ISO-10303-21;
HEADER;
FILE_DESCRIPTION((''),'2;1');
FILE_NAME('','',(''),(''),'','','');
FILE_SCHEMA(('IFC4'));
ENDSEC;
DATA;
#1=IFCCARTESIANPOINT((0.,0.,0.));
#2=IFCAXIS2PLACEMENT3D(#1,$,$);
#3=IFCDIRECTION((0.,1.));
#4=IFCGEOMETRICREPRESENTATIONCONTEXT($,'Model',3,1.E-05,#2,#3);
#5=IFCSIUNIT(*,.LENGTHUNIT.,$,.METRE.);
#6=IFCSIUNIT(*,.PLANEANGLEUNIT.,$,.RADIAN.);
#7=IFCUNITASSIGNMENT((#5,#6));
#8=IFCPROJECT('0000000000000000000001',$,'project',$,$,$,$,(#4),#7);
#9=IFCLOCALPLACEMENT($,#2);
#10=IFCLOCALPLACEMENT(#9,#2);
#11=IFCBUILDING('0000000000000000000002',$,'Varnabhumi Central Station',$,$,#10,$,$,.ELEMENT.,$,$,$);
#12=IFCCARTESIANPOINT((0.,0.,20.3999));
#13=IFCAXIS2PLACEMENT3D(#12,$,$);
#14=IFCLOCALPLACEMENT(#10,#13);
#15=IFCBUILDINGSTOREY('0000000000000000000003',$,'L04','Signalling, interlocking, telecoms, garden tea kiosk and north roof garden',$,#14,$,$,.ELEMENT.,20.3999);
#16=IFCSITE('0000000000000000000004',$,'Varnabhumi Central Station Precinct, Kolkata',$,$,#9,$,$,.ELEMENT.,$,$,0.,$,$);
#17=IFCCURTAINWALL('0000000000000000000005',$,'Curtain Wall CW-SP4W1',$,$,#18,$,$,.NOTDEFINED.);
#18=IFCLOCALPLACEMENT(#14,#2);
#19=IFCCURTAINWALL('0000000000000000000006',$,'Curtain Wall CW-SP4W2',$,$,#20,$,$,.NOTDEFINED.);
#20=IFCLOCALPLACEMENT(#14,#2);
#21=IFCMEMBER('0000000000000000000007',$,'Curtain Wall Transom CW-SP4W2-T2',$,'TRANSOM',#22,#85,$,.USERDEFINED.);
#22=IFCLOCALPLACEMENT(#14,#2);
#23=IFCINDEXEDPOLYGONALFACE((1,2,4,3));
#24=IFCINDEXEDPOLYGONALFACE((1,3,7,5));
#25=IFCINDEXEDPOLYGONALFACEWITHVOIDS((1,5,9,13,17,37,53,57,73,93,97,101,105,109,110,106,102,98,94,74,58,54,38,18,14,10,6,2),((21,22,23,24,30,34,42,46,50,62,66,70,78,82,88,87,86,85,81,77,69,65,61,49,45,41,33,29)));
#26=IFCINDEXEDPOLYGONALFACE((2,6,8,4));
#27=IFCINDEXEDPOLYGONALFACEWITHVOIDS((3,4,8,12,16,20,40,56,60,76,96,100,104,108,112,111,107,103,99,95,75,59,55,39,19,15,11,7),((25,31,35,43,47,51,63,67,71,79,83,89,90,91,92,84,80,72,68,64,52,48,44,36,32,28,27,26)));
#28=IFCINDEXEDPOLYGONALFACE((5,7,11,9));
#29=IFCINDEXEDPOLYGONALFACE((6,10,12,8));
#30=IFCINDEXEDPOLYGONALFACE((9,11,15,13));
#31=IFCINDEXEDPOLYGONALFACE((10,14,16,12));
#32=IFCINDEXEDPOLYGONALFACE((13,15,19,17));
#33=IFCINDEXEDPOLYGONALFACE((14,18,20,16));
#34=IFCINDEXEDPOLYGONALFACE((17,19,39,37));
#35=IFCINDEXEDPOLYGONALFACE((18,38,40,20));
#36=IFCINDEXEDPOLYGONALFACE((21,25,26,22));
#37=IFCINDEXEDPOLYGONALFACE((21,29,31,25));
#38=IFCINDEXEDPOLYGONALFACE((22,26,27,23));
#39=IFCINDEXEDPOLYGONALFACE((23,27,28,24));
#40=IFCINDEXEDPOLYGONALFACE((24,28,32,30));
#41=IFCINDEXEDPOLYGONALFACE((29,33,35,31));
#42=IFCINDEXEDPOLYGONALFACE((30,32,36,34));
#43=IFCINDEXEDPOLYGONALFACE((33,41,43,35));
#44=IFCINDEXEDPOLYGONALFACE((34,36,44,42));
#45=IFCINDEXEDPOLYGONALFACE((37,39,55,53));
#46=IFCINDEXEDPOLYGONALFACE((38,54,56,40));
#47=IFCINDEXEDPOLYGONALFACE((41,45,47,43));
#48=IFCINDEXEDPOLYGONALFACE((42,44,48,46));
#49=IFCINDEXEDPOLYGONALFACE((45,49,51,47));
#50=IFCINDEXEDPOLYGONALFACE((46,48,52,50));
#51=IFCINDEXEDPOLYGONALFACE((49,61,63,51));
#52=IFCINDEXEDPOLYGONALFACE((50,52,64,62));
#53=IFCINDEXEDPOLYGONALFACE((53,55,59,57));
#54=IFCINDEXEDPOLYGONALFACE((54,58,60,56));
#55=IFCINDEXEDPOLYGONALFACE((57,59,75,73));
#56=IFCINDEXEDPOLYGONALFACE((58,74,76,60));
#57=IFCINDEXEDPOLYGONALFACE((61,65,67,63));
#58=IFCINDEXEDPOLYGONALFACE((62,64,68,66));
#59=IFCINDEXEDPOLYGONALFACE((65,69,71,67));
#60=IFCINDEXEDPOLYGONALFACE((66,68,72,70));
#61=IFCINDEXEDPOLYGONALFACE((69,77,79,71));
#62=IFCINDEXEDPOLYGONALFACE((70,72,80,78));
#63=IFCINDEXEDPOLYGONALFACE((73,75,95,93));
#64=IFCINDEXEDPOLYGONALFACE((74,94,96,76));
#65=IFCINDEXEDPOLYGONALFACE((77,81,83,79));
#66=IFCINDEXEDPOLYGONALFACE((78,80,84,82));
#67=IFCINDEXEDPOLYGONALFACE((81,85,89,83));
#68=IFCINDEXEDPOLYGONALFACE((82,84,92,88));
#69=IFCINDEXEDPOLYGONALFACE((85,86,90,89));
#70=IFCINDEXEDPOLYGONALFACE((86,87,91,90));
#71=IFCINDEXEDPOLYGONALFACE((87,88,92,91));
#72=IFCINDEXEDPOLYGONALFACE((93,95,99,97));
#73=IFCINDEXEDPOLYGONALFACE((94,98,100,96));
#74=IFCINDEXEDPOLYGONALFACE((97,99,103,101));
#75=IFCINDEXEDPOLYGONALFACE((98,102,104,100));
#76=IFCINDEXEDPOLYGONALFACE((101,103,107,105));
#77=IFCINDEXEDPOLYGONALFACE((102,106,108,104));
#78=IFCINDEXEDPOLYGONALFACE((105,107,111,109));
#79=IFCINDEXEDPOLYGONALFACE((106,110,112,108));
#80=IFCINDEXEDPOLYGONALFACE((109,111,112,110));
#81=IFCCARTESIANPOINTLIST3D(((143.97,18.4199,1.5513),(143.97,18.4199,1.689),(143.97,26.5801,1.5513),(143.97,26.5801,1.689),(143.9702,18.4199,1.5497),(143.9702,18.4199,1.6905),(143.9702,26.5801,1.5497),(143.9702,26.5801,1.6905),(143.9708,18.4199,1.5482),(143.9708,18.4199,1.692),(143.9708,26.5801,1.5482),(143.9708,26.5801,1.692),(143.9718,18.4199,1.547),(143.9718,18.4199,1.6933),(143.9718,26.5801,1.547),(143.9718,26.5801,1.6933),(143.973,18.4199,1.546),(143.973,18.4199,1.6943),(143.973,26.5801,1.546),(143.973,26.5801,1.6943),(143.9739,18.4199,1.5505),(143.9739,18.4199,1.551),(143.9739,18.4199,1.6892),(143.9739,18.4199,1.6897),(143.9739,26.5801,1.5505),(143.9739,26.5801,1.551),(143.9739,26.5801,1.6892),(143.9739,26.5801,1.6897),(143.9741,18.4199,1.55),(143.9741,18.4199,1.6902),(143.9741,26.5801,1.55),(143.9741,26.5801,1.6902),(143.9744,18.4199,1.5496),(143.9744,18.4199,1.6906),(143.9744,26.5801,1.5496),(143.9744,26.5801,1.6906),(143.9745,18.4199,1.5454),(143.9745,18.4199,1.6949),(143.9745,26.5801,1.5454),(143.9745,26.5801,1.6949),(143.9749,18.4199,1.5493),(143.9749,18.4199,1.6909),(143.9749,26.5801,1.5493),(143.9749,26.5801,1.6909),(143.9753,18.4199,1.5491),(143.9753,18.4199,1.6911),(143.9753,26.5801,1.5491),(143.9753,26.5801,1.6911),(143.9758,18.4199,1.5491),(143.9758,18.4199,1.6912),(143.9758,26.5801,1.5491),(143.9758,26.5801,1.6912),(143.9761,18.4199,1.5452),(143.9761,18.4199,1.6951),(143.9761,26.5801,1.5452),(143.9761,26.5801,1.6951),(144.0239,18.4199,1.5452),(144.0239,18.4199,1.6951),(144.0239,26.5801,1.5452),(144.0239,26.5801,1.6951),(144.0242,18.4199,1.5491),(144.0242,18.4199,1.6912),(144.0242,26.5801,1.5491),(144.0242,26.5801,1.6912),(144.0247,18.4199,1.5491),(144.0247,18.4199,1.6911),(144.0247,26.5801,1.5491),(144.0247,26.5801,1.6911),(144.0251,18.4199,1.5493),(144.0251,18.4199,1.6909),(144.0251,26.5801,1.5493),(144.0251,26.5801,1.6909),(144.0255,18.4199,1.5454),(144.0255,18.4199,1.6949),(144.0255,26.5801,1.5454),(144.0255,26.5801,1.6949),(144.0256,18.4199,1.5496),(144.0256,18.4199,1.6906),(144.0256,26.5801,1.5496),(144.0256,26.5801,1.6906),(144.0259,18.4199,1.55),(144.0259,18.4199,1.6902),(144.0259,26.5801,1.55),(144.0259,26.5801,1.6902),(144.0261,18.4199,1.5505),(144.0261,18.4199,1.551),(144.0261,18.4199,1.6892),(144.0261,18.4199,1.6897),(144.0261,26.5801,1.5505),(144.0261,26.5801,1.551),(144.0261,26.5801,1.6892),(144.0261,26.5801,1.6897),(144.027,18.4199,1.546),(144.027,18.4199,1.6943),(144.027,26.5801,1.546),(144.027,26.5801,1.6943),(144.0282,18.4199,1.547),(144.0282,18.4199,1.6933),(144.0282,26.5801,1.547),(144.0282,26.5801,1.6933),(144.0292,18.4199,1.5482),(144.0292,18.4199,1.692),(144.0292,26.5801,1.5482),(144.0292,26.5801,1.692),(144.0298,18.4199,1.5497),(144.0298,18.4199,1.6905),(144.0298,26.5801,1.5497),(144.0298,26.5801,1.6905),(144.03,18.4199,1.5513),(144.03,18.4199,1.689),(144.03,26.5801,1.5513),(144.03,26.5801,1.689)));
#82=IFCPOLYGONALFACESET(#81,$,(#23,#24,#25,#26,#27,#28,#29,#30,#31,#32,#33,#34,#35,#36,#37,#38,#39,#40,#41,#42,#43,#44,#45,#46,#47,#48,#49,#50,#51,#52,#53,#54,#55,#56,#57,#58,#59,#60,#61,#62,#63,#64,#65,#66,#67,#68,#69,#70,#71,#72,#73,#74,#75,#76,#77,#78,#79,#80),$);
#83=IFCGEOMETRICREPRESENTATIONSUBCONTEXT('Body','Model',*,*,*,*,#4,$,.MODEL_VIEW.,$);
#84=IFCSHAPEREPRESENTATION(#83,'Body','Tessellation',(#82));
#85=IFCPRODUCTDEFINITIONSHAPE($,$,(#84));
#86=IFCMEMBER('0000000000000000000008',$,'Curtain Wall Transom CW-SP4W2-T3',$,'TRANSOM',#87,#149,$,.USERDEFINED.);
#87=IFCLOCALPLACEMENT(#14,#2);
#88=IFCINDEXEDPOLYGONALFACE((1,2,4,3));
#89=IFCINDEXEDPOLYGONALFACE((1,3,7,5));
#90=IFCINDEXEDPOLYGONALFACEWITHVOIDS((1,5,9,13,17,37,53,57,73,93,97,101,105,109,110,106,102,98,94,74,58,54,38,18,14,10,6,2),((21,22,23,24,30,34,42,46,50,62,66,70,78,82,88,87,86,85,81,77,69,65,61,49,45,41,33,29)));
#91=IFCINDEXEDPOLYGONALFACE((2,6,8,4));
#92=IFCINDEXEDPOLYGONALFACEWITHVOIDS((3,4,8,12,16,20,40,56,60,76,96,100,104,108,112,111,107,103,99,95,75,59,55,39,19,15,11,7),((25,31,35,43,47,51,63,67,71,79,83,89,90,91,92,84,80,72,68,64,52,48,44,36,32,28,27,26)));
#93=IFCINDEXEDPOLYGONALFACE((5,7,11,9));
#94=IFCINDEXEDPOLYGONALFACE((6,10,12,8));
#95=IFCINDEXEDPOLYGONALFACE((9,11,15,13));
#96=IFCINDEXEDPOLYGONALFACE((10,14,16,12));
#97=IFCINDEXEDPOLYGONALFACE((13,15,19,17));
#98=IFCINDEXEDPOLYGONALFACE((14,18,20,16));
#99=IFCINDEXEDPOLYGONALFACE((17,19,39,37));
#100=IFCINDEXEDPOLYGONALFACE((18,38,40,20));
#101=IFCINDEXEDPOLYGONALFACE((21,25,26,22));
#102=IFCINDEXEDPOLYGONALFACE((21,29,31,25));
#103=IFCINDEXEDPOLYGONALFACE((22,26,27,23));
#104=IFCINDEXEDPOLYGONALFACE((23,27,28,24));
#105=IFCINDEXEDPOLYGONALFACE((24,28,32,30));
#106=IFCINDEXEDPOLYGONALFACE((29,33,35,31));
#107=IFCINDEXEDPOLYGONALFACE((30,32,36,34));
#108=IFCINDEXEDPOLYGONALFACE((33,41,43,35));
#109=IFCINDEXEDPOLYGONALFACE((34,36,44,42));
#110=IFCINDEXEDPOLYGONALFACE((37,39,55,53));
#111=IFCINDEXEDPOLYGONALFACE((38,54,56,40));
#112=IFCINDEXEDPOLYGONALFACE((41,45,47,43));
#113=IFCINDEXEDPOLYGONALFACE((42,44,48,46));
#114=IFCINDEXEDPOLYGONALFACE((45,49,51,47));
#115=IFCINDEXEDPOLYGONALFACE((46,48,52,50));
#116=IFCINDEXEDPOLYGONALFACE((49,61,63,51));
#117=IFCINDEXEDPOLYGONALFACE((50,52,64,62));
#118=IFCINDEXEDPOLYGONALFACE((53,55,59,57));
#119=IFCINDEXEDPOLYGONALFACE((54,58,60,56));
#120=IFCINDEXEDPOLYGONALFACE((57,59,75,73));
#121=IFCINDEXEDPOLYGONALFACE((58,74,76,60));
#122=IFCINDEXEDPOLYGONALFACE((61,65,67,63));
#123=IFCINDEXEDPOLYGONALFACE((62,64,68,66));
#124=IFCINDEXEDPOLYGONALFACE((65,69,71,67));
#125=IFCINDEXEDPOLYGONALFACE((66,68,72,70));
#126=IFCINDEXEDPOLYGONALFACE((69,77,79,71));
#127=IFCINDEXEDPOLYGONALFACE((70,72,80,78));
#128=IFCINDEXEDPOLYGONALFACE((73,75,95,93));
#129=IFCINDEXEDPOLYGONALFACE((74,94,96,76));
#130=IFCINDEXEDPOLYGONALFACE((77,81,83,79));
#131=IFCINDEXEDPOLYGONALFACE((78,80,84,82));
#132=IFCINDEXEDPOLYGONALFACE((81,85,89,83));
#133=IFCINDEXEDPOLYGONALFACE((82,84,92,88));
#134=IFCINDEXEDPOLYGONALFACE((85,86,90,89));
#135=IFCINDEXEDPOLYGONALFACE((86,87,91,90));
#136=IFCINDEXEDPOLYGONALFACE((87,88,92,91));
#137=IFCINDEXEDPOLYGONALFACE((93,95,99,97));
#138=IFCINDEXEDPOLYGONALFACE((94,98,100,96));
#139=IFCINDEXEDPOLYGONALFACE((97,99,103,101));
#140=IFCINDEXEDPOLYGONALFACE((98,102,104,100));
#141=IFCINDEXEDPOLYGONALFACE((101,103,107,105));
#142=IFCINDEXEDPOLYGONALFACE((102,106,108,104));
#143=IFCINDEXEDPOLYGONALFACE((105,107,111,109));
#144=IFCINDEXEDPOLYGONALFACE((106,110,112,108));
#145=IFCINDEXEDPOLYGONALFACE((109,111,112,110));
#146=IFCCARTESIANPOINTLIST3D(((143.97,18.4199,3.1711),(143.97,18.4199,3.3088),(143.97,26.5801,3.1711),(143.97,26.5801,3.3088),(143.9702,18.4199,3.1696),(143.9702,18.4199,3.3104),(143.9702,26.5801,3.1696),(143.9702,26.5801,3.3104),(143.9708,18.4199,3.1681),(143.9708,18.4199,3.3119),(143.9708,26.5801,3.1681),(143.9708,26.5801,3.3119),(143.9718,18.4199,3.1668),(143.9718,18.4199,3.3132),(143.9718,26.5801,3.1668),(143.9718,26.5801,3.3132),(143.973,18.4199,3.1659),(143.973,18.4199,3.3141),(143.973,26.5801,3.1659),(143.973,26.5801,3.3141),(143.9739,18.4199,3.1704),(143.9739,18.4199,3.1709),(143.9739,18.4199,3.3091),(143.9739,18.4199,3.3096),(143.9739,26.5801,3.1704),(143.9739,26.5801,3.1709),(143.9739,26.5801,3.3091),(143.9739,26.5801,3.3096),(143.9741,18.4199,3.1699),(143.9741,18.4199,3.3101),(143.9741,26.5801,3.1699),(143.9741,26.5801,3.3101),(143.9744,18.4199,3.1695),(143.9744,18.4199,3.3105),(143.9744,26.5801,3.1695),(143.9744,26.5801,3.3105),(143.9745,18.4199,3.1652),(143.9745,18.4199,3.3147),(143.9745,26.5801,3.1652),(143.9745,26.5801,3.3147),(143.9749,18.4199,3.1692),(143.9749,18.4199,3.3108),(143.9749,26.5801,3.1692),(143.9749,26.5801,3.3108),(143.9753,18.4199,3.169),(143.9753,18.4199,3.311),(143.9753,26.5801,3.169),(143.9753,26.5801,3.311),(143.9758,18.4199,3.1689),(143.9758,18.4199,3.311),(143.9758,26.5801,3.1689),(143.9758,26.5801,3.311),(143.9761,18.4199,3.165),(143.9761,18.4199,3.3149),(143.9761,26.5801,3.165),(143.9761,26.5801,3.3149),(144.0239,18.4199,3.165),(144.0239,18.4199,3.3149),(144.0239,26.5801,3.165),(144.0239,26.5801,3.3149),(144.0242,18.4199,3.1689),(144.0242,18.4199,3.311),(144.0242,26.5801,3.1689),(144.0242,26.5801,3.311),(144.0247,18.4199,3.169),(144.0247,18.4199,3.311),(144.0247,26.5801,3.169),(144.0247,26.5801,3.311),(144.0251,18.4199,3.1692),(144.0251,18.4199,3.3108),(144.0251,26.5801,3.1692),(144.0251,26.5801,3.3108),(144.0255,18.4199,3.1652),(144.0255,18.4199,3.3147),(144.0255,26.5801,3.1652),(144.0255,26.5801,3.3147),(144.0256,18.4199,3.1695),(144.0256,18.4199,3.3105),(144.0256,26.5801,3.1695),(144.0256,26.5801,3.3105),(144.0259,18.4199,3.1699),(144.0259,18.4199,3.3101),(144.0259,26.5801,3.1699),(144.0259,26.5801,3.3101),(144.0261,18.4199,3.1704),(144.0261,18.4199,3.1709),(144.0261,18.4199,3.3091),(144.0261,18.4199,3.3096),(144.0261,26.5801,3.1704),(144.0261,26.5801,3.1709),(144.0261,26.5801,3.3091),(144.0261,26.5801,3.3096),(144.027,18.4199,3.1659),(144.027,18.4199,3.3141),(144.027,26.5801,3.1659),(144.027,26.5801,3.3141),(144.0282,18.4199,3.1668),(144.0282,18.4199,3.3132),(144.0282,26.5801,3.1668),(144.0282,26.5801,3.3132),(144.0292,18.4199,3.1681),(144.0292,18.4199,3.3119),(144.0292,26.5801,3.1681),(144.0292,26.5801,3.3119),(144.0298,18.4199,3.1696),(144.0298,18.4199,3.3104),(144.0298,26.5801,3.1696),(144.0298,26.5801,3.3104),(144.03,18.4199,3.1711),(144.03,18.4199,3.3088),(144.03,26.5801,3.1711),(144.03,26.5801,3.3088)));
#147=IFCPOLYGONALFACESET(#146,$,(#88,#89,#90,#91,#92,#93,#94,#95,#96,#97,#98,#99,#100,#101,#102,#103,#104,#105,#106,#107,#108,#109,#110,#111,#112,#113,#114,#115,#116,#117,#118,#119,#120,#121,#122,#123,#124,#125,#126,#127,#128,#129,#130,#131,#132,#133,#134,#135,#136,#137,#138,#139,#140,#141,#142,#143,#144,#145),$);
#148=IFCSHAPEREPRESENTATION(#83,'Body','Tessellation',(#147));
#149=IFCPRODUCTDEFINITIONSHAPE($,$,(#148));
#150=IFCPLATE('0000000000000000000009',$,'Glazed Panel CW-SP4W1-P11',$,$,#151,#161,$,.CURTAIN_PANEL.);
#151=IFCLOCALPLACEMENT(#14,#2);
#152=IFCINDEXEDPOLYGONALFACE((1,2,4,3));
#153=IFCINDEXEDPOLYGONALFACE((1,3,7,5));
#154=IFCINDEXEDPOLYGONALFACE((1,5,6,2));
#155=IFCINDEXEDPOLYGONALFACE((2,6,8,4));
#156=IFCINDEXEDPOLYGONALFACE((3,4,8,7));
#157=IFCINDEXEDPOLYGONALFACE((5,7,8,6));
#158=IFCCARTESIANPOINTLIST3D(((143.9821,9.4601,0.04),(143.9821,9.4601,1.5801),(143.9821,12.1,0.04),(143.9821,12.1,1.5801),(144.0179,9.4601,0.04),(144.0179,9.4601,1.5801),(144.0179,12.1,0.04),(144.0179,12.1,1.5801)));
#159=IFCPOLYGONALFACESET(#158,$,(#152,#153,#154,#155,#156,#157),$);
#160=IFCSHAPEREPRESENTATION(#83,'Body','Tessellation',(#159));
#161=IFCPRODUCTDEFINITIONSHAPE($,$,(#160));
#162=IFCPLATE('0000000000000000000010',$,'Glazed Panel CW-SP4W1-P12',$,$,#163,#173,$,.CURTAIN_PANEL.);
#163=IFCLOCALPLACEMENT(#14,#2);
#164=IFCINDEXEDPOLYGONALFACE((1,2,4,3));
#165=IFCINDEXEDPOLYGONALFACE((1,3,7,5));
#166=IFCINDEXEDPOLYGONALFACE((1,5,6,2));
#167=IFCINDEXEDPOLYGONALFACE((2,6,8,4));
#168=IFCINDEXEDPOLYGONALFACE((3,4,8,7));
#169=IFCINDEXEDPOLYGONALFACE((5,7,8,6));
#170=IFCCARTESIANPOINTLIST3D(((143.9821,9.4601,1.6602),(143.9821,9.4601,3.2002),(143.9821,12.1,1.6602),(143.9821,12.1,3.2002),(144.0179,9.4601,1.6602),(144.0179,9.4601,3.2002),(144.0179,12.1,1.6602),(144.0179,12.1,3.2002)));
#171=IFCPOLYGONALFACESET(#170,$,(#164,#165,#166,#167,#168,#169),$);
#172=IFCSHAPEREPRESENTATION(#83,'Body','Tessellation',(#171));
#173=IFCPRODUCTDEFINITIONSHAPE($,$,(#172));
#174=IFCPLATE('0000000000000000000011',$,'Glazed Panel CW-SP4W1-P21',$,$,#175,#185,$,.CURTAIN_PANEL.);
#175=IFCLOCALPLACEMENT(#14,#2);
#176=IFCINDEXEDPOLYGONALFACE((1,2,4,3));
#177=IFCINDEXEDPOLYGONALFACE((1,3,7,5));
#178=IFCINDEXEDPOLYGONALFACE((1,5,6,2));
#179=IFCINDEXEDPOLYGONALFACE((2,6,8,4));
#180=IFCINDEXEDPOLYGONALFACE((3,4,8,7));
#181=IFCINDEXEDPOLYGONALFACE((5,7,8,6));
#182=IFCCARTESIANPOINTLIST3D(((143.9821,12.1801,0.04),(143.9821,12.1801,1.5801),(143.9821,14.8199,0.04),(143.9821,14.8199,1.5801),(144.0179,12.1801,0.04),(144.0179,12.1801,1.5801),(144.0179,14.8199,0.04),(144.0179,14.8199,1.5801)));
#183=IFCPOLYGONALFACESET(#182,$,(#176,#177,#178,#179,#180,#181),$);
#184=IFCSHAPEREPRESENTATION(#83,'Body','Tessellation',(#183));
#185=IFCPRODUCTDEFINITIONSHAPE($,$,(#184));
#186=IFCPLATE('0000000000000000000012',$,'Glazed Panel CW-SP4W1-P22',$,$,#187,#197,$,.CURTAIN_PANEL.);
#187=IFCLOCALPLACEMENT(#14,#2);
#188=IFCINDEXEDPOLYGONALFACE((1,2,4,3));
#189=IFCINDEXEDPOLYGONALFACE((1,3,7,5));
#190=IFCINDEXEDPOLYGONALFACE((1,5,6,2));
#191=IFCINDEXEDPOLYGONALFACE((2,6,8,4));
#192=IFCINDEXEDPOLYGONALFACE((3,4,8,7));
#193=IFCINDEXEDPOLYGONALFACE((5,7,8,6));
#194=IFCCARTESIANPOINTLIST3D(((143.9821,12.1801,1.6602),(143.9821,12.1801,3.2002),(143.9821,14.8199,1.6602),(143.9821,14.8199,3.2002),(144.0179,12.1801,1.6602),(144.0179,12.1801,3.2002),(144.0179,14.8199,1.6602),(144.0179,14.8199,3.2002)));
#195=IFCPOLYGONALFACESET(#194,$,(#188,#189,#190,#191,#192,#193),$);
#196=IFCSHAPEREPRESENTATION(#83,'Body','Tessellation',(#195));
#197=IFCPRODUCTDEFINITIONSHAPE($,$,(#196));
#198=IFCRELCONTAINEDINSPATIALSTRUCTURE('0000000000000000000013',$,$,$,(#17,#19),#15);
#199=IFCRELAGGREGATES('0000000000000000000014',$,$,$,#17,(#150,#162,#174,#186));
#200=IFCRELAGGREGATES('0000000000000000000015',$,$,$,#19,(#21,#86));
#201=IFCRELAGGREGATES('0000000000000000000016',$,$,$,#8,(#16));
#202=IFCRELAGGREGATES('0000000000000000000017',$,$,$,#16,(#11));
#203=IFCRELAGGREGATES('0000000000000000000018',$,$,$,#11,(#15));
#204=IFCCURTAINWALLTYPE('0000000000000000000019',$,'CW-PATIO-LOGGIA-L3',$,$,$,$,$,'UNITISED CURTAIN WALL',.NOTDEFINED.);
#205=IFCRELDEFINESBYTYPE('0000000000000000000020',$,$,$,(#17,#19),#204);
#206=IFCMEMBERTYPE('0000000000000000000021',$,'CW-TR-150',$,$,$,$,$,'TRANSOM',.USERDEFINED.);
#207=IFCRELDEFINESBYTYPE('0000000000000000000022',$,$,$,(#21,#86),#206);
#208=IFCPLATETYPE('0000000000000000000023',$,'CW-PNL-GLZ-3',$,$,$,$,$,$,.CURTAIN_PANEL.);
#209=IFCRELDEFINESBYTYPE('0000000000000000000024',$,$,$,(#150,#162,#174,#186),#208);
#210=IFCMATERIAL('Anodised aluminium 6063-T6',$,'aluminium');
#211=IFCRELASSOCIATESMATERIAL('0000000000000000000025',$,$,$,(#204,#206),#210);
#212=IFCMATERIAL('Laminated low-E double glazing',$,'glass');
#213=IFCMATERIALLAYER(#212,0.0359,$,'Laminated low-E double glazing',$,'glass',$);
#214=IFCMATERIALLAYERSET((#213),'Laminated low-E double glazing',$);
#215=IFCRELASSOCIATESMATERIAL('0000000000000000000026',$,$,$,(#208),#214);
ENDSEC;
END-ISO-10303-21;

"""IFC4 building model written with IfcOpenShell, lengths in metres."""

from ifc_helpers import new_model, si_unit, direction, frame, origin, origin_2d, place, context, subcontext, project, spatial, rectangle, hollow_rectangle, extrude, material, layer, layer_set, material_profile, profile_set, type_object, element, aggregate, save


model = new_model("IFC4")

# Units and contexts
model_context = context("Model", 3, precision=1e-05, world=origin(), true_north=direction((0.0, 1.0)))
body_context = subcontext(model_context, "Body", "Model", "MODEL_VIEW")
ifc_project = project(units=[si_unit("LENGTHUNIT", "METRE"), si_unit("PLANEANGLEUNIT", "RADIAN")], contexts=[model_context])

# Site, building, storey
site_placement = place(None, origin())
site = spatial("IfcSite", under=ifc_project, at=site_placement, Name="Varnabhumi Central Station Precinct, Kolkata", CompositionType="ELEMENT", RefElevation=0.0)
building_placement = place(site_placement, origin())
building = spatial("IfcBuilding", under=site, at=building_placement, Name="Varnabhumi Central Station", CompositionType="ELEMENT")
storey_placement = place(building_placement, frame((0.0, 0.0, 20.3999)))
storey = spatial("IfcBuildingStorey", under=building, at=storey_placement, Name="L04", Description="Signalling, interlocking, telecoms, garden tea kiosk and north roof garden", CompositionType="ELEMENT", Elevation=20.3999)

# Curtain walls, members
ifc_material_1 = material(Name="Anodised aluminium 6063-T6", Category="aluminium")
curtain_wall_type = type_object("IfcCurtainWallType", Name="CW-PATIO-LOGGIA-L3", ElementType="UNITISED CURTAIN WALL", PredefinedType="NOTDEFINED", material=ifc_material_1)
curtain_wall_1_placement = place(storey_placement, origin())
curtain_wall_1 = element("IfcCurtainWall", 1, at=curtain_wall_1_placement, inside=storey, type_object=curtain_wall_type, Name="Curtain Wall CW-SP4W1", PredefinedType="NOTDEFINED")
curtain_wall_2_placement = place(storey_placement, origin())
curtain_wall_2 = element("IfcCurtainWall", 2, at=curtain_wall_2_placement, inside=storey, type_object=curtain_wall_type, Name="Curtain Wall CW-SP4W2", PredefinedType="NOTDEFINED")
ifc_material_profile_1 = material_profile(ifc_material_1, hollow_rectangle(XDim=0.0601, YDim=0.1499, WallThickness=0.0039, InnerFilletRadius=0.002, OuterFilletRadius=0.0061, at=origin_2d()), Name="Anodised aluminium 6063-T6", Category="aluminium")
ifc_profile_set_1 = profile_set([ifc_material_profile_1], Name="Anodised aluminium 6063-T6")
member_type_1 = type_object("IfcMemberType", Name="CW-TR-150", ElementType="TRANSOM", PredefinedType="USERDEFINED", material=ifc_profile_set_1)
member_1_placement = place(storey_placement, frame((144.0, 18.4199, 1.6201), z_axis=(0.0, 1.0, 0.0), x_axis=(-1.0, 0.0, 0.0)))
member_1 = element("IfcMember", 3, at=member_1_placement, type_object=member_type_1, Name="Curtain Wall Transom CW-SP4W2-T2", ObjectType="TRANSOM", PredefinedType="USERDEFINED", context=body_context, shape_type="SweptSolid", body=[
    extrude(hollow_rectangle(XDim=0.0601, YDim=0.1499, WallThickness=0.0039, InnerFilletRadius=0.002, OuterFilletRadius=0.0061, at=origin_2d()), origin(), (0.0, 0.0, 1.0), 8.1602),
])
member_2_placement = place(storey_placement, frame((144.0, 18.4199, 3.24), z_axis=(0.0, 1.0, 0.0), x_axis=(-1.0, 0.0, 0.0)))
member_2 = element("IfcMember", 4, at=member_2_placement, type_object=member_type_1, Name="Curtain Wall Transom CW-SP4W2-T3", ObjectType="TRANSOM", PredefinedType="USERDEFINED", context=body_context, shape_type="SweptSolid", body=[
    extrude(hollow_rectangle(XDim=0.0601, YDim=0.1499, WallThickness=0.0039, InnerFilletRadius=0.002, OuterFilletRadius=0.0061, at=origin_2d()), origin(), (0.0, 0.0, 1.0), 8.1602),
])

# Plates
ifc_material_2 = material(Name="Laminated low-E double glazing", Category="glass")
ifc_layer_1 = layer(ifc_material_2, 0.0359, Name="Laminated low-E double glazing", Category="glass")
ifc_layer_set_1 = layer_set([ifc_layer_1], Name="Laminated low-E double glazing")
plate_type = type_object("IfcPlateType", Name="CW-PNL-GLZ-3", PredefinedType="CURTAIN_PANEL", material=ifc_layer_set_1)
plate_1_placement = place(storey_placement, frame((144.0, 10.78, 0.04), z_axis=(0.0, 0.0, 1.0), x_axis=(0.0, 1.0, 0.0)))
plate_1 = element("IfcPlate", 5, at=plate_1_placement, type_object=plate_type, Name="Glazed Panel CW-SP4W1-P11", PredefinedType="CURTAIN_PANEL", context=body_context, shape_type="SweptSolid", body=[
    extrude(rectangle(XDim=2.6399, YDim=0.0359, at=origin_2d()), origin(), (0.0, 0.0, 1.0), 1.54),
])
plate_2_placement = place(storey_placement, frame((144.0, 10.78, 1.6602), z_axis=(0.0, 0.0, 1.0), x_axis=(0.0, 1.0, 0.0)))
plate_2 = element("IfcPlate", 6, at=plate_2_placement, type_object=plate_type, Name="Glazed Panel CW-SP4W1-P12", PredefinedType="CURTAIN_PANEL", context=body_context, shape_type="SweptSolid", body=[
    extrude(rectangle(XDim=2.6399, YDim=0.0359, at=origin_2d()), origin(), (0.0, 0.0, 1.0), 1.54),
])
plate_3_placement = place(storey_placement, frame((144.0, 13.5, 0.04), z_axis=(0.0, 0.0, 1.0), x_axis=(0.0, 1.0, 0.0)))
plate_3 = element("IfcPlate", 7, at=plate_3_placement, type_object=plate_type, Name="Glazed Panel CW-SP4W1-P21", PredefinedType="CURTAIN_PANEL", context=body_context, shape_type="SweptSolid", body=[
    extrude(rectangle(XDim=2.6399, YDim=0.0359, at=origin_2d()), origin(), (0.0, 0.0, 1.0), 1.54),
])
plate_4_placement = place(storey_placement, frame((144.0, 13.5, 1.6602), z_axis=(0.0, 0.0, 1.0), x_axis=(0.0, 1.0, 0.0)))
plate_4 = element("IfcPlate", 8, at=plate_4_placement, type_object=plate_type, Name="Glazed Panel CW-SP4W1-P22", PredefinedType="CURTAIN_PANEL", context=body_context, shape_type="SweptSolid", body=[
    extrude(rectangle(XDim=2.6399, YDim=0.0359, at=origin_2d()), origin(), (0.0, 0.0, 1.0), 1.54),
])
aggregate(curtain_wall_1, [plate_1, plate_2, plate_3, plate_4])
aggregate(curtain_wall_2, [member_1, member_2])

save(model, "model.ifc")
